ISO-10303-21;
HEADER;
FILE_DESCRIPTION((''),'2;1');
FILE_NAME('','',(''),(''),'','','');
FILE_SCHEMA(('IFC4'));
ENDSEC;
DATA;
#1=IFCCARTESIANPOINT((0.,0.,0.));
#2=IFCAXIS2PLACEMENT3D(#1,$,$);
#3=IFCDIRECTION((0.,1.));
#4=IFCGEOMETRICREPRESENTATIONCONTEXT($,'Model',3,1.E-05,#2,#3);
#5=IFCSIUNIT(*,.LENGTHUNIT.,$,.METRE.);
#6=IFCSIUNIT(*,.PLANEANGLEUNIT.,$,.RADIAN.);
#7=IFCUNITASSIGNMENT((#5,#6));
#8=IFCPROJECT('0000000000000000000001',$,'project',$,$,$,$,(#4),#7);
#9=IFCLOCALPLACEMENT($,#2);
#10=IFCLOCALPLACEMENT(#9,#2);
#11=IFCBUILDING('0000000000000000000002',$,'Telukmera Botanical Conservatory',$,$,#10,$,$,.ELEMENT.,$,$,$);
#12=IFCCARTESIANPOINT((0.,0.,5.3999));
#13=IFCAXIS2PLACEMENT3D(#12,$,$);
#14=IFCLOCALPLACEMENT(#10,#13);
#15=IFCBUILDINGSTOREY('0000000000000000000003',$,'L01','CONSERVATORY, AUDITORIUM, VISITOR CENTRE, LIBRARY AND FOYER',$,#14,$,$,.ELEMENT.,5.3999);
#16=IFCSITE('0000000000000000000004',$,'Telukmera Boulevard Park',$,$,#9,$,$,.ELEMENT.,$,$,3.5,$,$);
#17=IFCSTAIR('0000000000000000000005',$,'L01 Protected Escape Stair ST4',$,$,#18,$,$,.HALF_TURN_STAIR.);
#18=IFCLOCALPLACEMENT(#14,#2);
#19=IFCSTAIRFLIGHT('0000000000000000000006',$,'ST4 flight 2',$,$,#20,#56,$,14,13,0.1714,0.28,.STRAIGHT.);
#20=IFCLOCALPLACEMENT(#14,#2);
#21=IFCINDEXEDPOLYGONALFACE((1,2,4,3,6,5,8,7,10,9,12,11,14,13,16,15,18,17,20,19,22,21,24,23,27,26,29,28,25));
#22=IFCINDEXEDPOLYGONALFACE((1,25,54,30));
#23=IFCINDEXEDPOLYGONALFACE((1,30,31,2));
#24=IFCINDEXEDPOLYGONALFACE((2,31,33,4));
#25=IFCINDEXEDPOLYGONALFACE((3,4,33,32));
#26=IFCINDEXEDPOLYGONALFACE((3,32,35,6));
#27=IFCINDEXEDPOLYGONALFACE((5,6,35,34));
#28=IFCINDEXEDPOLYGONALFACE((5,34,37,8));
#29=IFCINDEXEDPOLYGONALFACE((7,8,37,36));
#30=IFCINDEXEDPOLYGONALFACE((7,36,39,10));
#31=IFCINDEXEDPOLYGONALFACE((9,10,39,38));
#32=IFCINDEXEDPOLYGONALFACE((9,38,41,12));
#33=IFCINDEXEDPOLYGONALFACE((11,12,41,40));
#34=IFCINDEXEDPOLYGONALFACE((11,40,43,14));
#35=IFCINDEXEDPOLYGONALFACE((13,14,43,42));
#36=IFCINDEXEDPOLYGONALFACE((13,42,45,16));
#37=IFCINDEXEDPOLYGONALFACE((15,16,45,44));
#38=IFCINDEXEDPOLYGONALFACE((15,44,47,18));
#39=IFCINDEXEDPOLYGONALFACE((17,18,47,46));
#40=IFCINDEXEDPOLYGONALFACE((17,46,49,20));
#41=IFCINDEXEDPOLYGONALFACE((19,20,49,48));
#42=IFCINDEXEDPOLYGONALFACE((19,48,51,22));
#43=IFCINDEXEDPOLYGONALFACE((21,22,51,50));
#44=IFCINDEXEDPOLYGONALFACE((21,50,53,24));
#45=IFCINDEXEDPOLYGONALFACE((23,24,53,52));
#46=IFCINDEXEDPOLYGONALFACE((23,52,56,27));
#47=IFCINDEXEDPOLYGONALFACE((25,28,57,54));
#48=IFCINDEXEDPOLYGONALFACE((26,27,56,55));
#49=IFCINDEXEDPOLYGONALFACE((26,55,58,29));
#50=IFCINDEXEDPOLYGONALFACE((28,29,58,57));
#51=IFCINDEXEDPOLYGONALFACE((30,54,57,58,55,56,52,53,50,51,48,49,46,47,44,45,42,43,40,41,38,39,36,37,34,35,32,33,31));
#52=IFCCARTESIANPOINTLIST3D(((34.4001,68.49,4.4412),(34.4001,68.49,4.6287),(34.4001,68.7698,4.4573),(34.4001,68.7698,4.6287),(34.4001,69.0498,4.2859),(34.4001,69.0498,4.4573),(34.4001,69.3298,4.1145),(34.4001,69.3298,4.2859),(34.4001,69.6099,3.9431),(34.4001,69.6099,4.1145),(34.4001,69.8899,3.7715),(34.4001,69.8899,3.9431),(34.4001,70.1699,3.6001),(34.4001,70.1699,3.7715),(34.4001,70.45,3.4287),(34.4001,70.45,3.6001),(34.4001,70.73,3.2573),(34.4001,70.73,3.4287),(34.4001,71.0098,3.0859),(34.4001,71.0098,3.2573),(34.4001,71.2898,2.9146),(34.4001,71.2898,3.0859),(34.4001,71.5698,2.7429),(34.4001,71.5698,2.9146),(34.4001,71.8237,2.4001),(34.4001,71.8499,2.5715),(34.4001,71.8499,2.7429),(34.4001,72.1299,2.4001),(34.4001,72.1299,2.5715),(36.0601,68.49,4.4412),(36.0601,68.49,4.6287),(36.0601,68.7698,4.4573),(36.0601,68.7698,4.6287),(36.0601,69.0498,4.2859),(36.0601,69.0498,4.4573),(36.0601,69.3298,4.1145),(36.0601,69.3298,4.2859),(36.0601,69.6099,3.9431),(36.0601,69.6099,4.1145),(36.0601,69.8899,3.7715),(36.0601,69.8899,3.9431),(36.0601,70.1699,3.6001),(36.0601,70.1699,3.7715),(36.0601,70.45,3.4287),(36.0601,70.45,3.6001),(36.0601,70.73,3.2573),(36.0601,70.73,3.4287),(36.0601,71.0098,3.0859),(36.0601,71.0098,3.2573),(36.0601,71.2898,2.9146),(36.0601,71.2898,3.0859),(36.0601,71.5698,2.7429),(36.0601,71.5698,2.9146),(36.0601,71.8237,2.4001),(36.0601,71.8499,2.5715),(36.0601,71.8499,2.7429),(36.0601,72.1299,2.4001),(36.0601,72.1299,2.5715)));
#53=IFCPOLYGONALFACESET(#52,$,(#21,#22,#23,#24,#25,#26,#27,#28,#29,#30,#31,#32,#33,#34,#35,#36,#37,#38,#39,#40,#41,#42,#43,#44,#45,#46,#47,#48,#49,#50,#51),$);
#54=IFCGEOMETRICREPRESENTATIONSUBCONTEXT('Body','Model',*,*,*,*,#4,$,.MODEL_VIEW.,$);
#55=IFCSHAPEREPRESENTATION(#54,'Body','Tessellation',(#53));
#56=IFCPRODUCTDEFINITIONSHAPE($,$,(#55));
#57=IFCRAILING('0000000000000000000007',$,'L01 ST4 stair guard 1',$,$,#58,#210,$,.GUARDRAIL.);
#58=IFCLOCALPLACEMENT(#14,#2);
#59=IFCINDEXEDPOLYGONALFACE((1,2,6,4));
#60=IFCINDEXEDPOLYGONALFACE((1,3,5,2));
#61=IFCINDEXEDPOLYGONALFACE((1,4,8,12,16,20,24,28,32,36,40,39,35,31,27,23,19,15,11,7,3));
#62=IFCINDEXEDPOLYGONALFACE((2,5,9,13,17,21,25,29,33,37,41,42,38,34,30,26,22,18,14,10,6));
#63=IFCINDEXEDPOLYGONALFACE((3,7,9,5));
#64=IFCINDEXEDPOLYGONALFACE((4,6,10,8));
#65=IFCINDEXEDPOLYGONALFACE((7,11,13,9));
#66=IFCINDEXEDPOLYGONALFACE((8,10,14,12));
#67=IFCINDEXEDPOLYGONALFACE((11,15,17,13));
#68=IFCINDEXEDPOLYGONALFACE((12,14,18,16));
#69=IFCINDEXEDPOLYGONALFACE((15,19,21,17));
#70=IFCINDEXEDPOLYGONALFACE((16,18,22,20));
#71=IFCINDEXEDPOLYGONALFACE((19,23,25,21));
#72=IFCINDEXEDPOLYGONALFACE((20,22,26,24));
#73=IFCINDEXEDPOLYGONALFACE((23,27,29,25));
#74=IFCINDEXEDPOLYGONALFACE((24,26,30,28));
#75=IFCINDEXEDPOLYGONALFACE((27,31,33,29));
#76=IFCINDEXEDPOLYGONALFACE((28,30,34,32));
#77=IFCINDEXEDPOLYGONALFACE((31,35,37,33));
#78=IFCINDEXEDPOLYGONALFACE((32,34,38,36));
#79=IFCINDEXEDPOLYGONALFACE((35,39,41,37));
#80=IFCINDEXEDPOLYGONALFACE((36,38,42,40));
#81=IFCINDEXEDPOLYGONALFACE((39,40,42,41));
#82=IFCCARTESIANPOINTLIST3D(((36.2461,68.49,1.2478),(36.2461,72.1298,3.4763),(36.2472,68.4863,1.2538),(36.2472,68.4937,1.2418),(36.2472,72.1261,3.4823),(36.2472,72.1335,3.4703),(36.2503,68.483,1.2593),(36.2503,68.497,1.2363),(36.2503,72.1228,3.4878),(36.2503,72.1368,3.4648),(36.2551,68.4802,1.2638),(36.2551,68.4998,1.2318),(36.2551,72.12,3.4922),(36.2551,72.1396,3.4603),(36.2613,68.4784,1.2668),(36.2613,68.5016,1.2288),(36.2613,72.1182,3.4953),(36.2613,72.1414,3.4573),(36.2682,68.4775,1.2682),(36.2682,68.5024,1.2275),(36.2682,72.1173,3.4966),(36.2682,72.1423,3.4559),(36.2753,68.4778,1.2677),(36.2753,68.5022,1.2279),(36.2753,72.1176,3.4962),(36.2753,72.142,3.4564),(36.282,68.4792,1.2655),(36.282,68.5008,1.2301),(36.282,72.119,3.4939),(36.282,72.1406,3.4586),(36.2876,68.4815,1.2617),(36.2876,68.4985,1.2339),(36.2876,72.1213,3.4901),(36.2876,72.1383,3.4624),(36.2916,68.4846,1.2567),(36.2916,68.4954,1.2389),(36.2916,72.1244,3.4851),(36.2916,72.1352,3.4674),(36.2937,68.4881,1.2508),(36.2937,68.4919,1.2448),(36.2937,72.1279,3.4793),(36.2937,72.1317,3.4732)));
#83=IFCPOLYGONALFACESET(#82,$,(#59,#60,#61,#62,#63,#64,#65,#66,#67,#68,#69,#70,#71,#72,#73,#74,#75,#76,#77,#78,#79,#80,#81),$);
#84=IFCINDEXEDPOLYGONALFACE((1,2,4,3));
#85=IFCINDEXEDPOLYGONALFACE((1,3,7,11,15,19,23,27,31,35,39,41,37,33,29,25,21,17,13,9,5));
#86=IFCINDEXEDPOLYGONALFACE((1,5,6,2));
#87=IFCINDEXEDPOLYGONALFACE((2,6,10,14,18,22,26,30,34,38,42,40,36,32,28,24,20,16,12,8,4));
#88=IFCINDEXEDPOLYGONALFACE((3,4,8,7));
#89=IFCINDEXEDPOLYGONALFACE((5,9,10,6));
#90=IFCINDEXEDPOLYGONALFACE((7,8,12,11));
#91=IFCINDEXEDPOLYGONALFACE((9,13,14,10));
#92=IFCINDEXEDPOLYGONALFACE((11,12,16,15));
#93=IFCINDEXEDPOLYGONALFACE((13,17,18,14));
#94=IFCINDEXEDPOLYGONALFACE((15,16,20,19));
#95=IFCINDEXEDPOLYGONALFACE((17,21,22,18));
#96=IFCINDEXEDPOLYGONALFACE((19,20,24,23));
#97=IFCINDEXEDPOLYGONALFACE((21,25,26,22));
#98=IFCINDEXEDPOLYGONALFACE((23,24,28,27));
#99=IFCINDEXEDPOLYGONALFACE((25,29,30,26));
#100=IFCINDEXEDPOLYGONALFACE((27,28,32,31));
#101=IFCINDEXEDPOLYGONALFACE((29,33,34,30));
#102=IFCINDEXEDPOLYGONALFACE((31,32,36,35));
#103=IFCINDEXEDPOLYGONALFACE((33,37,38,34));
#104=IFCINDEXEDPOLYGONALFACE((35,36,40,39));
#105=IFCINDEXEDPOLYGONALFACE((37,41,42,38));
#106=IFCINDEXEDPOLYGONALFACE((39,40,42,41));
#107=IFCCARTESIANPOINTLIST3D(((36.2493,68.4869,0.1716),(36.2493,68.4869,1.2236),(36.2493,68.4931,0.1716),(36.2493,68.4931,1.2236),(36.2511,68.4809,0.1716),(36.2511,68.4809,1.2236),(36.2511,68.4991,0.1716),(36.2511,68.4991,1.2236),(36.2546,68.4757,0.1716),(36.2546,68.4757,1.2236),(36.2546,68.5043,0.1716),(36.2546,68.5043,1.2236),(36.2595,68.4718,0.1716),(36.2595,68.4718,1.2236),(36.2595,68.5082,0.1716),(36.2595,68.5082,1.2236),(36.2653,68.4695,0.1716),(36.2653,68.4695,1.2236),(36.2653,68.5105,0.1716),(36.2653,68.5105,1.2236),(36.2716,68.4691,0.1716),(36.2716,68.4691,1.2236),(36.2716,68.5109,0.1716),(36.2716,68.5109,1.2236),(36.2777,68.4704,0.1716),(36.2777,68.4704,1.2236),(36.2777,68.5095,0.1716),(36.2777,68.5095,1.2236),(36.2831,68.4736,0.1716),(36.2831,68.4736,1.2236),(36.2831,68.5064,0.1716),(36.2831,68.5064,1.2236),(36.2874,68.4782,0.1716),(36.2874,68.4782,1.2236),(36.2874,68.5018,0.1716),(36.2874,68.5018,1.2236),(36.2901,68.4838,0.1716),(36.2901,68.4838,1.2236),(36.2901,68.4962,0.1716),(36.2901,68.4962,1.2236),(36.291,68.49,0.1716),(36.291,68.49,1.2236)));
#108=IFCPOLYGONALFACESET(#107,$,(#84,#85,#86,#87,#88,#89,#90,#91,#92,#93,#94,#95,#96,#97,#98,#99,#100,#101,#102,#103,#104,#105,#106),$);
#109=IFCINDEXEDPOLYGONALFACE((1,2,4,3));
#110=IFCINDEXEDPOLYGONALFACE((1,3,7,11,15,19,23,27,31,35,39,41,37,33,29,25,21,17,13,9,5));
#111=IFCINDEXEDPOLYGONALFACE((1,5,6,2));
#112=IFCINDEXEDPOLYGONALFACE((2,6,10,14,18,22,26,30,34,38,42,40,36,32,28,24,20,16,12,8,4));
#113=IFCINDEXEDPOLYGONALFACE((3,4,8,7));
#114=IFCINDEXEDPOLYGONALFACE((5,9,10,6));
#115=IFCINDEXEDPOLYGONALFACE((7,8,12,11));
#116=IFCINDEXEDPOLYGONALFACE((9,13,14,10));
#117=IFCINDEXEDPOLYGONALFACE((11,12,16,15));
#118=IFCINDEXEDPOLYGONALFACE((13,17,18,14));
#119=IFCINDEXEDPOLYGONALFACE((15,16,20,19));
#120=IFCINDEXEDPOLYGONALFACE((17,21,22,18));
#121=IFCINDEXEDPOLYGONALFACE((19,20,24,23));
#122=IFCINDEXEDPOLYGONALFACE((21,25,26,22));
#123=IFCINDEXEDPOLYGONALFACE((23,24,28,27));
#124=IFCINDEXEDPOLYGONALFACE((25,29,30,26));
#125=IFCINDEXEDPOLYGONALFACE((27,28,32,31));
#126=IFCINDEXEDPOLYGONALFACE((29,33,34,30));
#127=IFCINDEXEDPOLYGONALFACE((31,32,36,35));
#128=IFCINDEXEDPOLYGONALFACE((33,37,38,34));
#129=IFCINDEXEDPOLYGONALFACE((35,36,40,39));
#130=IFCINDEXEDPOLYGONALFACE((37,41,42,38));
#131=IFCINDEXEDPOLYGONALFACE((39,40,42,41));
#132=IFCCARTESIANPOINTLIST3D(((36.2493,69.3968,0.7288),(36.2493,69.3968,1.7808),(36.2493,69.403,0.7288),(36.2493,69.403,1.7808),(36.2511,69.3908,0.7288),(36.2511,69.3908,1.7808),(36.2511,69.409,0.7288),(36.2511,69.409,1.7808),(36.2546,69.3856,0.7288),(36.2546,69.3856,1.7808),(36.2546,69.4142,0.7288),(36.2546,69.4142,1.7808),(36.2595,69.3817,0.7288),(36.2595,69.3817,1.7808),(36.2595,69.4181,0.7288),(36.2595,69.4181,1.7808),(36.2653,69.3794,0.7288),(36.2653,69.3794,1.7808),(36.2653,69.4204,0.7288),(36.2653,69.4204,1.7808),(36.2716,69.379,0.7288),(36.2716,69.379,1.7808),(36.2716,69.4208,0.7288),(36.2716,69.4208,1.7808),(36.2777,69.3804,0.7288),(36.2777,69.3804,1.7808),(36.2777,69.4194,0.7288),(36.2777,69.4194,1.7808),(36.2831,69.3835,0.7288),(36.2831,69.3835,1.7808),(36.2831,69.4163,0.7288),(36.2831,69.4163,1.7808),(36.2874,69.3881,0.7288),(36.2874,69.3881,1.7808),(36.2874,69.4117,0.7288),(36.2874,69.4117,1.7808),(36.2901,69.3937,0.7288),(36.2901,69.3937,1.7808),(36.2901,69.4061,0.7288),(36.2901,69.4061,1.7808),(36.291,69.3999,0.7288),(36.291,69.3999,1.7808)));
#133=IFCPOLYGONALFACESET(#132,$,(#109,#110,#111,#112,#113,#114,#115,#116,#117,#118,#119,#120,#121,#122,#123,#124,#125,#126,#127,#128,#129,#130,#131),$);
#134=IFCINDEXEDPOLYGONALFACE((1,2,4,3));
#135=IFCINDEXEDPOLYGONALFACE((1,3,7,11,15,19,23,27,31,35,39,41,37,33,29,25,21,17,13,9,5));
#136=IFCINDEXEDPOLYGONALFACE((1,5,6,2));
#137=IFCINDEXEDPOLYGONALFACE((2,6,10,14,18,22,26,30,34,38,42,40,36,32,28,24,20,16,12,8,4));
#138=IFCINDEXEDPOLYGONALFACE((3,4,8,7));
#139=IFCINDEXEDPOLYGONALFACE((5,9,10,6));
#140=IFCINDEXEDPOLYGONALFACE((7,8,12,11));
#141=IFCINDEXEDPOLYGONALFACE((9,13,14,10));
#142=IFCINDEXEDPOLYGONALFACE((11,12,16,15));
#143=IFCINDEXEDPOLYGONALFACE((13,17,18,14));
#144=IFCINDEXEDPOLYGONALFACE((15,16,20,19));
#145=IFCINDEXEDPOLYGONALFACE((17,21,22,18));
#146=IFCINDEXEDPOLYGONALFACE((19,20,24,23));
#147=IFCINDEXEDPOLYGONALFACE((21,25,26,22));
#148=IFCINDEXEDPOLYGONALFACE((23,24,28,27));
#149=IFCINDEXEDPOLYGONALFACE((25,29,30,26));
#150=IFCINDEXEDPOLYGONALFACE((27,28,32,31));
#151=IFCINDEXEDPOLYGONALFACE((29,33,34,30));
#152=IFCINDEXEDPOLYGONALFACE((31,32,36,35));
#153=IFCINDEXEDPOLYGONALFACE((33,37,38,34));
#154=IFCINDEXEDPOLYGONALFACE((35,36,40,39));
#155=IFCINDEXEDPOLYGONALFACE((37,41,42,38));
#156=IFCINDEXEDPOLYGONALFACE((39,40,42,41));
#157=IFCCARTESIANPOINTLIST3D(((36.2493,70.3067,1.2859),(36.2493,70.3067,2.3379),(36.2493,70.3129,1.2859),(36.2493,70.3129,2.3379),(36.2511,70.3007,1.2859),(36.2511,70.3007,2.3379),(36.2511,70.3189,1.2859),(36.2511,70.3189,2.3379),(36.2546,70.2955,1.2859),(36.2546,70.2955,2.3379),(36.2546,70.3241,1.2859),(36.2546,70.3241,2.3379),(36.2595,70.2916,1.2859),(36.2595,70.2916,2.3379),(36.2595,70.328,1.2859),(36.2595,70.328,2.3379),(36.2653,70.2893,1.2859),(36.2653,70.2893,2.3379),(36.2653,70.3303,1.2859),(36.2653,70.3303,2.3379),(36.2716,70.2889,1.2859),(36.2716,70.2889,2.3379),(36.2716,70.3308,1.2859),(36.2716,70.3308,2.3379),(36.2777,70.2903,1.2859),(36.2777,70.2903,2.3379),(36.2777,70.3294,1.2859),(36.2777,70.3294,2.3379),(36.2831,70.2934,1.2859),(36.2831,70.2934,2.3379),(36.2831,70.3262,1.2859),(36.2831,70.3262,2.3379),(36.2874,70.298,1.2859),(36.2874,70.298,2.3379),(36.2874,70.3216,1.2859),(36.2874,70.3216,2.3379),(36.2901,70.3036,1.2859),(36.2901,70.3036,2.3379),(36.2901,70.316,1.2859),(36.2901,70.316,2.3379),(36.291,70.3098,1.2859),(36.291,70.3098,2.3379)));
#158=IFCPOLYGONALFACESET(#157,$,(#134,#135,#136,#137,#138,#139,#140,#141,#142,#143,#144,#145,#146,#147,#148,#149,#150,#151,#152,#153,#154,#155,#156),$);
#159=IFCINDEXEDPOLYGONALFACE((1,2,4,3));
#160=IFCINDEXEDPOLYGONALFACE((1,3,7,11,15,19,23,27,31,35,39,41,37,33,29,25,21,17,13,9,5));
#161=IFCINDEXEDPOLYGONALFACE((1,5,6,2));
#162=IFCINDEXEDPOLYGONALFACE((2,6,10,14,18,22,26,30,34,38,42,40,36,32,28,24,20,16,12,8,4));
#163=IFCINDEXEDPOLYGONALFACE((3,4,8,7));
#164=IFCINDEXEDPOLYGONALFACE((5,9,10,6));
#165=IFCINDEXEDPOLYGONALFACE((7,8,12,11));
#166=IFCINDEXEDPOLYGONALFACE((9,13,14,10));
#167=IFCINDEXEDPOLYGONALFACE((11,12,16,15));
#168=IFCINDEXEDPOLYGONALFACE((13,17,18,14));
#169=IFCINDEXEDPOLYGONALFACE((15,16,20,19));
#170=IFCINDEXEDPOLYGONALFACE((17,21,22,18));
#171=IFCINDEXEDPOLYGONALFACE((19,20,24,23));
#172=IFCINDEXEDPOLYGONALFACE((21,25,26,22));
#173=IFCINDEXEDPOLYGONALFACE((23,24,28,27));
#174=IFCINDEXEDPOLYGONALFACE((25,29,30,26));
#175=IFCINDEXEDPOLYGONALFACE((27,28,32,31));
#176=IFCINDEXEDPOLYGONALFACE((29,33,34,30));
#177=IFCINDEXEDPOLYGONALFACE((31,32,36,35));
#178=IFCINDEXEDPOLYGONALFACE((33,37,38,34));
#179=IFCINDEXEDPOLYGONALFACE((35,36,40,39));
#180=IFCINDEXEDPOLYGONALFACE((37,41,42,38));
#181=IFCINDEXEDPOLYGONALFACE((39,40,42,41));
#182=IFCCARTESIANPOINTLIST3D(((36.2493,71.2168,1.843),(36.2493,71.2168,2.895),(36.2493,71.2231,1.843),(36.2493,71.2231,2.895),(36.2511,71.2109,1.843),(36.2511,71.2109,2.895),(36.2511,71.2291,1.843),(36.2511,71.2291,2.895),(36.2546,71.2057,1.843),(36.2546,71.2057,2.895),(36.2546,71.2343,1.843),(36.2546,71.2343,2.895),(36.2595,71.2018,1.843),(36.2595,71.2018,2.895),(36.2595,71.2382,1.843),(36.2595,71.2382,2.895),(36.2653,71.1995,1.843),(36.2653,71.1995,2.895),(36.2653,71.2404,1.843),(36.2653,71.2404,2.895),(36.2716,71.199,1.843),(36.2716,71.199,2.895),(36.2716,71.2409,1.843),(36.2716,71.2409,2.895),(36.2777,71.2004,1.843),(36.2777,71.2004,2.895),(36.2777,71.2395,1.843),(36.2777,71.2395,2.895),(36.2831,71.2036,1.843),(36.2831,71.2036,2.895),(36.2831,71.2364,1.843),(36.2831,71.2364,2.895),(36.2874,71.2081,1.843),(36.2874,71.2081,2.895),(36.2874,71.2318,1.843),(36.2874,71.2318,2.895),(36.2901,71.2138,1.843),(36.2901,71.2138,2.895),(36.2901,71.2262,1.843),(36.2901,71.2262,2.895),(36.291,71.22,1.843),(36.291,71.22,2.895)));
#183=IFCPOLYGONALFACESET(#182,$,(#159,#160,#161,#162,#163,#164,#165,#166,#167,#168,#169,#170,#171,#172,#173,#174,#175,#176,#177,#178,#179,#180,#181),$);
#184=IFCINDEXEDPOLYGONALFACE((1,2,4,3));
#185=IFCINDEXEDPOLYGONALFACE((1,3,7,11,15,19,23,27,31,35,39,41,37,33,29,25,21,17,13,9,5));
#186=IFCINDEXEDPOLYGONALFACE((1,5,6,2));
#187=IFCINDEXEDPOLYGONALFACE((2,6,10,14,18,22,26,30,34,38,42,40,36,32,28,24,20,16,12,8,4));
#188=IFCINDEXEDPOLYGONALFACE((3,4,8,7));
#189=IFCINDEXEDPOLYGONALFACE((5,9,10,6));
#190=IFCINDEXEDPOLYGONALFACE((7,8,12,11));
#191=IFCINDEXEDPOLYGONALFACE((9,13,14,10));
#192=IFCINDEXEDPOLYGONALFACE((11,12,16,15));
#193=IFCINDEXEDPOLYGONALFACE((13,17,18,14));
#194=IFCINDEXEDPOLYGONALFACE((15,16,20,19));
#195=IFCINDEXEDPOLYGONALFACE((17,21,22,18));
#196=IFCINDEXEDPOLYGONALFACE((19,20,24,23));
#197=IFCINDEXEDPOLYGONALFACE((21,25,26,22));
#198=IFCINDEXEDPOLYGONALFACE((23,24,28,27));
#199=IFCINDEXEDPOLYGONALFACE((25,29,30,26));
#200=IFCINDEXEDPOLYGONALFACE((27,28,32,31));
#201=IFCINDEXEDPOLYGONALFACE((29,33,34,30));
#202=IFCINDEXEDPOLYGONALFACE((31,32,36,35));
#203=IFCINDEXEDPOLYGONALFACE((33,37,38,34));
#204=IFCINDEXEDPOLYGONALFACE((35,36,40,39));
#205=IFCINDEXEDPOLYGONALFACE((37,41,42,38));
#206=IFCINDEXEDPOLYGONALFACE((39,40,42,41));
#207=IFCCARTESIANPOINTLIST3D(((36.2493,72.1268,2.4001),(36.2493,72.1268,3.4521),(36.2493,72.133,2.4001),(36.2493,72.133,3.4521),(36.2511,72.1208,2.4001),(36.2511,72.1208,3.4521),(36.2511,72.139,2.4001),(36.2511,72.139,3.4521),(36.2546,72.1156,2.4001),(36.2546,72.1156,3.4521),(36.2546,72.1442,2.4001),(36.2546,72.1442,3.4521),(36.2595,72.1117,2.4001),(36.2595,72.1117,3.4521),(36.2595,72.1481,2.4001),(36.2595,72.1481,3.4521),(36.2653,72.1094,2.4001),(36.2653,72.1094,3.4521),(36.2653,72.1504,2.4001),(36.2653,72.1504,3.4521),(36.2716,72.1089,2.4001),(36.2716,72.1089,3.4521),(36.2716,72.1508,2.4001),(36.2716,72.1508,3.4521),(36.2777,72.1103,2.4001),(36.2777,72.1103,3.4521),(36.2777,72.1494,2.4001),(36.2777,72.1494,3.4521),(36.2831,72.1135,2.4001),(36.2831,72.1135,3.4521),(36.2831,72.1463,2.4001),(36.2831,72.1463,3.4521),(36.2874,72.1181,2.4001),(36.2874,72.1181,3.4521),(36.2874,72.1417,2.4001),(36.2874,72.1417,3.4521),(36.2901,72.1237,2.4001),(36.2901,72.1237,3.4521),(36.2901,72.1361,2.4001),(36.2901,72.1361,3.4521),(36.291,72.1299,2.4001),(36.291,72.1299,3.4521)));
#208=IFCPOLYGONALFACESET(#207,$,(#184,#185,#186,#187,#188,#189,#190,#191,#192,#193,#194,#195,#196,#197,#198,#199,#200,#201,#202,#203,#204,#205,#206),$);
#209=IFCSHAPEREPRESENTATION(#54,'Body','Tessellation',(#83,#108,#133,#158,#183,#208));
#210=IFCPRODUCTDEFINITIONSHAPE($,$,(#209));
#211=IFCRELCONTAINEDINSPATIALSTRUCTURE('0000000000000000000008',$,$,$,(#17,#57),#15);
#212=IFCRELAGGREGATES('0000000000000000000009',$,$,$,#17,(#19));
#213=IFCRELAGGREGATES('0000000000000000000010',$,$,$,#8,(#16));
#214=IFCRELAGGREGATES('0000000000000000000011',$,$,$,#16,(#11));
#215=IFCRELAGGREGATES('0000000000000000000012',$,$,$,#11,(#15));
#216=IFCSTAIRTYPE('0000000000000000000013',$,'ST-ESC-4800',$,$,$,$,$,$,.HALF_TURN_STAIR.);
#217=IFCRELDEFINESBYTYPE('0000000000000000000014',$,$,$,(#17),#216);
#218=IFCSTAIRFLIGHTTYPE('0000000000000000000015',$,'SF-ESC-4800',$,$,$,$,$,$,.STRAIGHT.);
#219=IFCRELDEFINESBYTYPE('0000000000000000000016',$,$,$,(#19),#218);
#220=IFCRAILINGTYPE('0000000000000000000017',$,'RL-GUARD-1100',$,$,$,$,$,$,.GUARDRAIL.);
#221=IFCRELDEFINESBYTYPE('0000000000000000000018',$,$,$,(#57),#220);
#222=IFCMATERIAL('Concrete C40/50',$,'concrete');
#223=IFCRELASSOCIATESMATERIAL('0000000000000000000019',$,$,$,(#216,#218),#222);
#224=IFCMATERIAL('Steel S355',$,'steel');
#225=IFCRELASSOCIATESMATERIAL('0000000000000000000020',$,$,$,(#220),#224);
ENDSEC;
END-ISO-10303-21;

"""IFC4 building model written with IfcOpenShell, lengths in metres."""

from ifc_helpers import new_model, si_unit, direction, frame, origin, origin_2d, place, context, subcontext, project, spatial, polyline, circle, outline, extrude, material, type_object, element, aggregate, save


model = new_model("IFC4")

# Units and contexts
model_context = context("Model", 3, precision=1e-05, world=origin(), true_north=direction((0.0, 1.0)))
body_context = subcontext(model_context, "Body", "Model", "MODEL_VIEW")
ifc_project = project(units=[si_unit("LENGTHUNIT", "METRE"), si_unit("PLANEANGLEUNIT", "RADIAN")], contexts=[model_context])

# Site, building, storey
site_placement = place(None, origin())
site = spatial("IfcSite", under=ifc_project, at=site_placement, Name="Telukmera Boulevard Park", CompositionType="ELEMENT", RefElevation=3.5)
building_placement = place(site_placement, origin())
building = spatial("IfcBuilding", under=site, at=building_placement, Name="Telukmera Botanical Conservatory", CompositionType="ELEMENT")
storey_placement = place(building_placement, frame((0.0, 0.0, 5.3999)))
storey = spatial("IfcBuildingStorey", under=building, at=storey_placement, Name="L01", Description="CONSERVATORY, AUDITORIUM, VISITOR CENTRE, LIBRARY AND FOYER", CompositionType="ELEMENT", Elevation=5.3999)

# Shared definitions
ifc_material_1 = material(Name="Concrete C40/50", Category="concrete")

# Stair, stair flight
stair_type = type_object("IfcStairType", Name="ST-ESC-4800", PredefinedType="HALF_TURN_STAIR", material=ifc_material_1)
stair_placement = place(storey_placement, origin())
stair = element("IfcStair", 1, at=stair_placement, inside=storey, type_object=stair_type, Name="L01 Protected Escape Stair ST4", PredefinedType="HALF_TURN_STAIR")
stair_flight_type = type_object("IfcStairFlightType", Name="SF-ESC-4800", PredefinedType="STRAIGHT", material=ifc_material_1)
stair_flight_1_placement = place(storey_placement, frame((35.23, 72.1299, 2.4001), z_axis=(0.0, 0.0, 1.0), x_axis=(0.0, -1.0, 0.0)))
stair_flight_1 = element("IfcStairFlight", 2, at=stair_flight_1_placement, type_object=stair_flight_type, Name="ST4 flight 2", NumberOfRisers=14, NumberOfTreads=13, PredefinedType="STRAIGHT", RiserHeight=0.1714, TreadLength=0.28, context=body_context, shape_type="SweptSolid", body=[
    extrude(outline(polyline([(0.0, 0.0), (0.0, 0.1714), (0.28, 0.1714), (0.28, 0.3428), (0.5601, 0.3428), (0.5601, 0.5144), (0.8401, 0.5144), (0.8401, 0.6858), (1.1201, 0.6858), (1.1201, 0.8572), (1.3999, 0.8572), (1.3999, 1.0286), (1.6799, 1.0286), (1.6799, 1.2), (1.96, 1.2), (1.96, 1.3713), (2.24, 1.3713), (2.24, 1.543), (2.52, 1.543), (2.52, 1.7144), (2.8, 1.7144), (2.8, 1.8857), (3.0801, 1.8857), (3.0801, 2.0571), (3.3601, 2.0571), (3.3601, 2.2285), (3.6399, 2.2285), (3.6399, 2.3999), (3.6399, 2.041), (0.3062, 0.0), (0.0, 0.0)])), frame((0.0, 0.8301, 0.0), z_axis=(0.0, -1.0, 0.0), x_axis=(1.0, 0.0, 0.0)), (0.0, 0.0, 1.0), 1.6599),
])
aggregate(stair, [stair_flight_1])

# Railing
ifc_material_2 = material(Name="Steel S355", Category="steel")
railing_type_1 = type_object("IfcRailingType", Name="RL-GUARD-1100", PredefinedType="GUARDRAIL", material=ifc_material_2)
railing_1_placement = place(storey_placement, frame((36.27, 68.49, 0.1716)))
element("IfcRailing", 3, at=railing_1_placement, inside=storey, type_object=railing_type_1, Name="L01 ST4 stair guard 1", PredefinedType="GUARDRAIL", context=body_context, shape_type="SweptSolid", body=[
    extrude(circle(Radius=0.0239, at=origin_2d()), frame((0.0, 0.0, 1.0762), z_axis=(0.0, 0.85285, 0.522156), x_axis=(-1.0, 0.0, 0.0)), (0.0, 0.0, 1.0), 4.2678),
    extrude(circle(Radius=0.021, at=origin_2d()), origin(), (0.0, 0.0, 1.0), 1.052),
    extrude(circle(Radius=0.021, at=origin_2d()), frame((0.0, 0.9099, 0.5571)), (0.0, 0.0, 1.0), 1.052),
    extrude(circle(Radius=0.021, at=origin_2d()), frame((0.0, 1.8198, 1.1143)), (0.0, 0.0, 1.0), 1.052),
    extrude(circle(Radius=0.021, at=origin_2d()), frame((0.0, 2.73, 1.6714)), (0.0, 0.0, 1.0), 1.052),
    extrude(circle(Radius=0.021, at=origin_2d()), frame((0.0, 3.6399, 2.2285)), (0.0, 0.0, 1.0), 1.052),
])

save(model, "model.ifc")
